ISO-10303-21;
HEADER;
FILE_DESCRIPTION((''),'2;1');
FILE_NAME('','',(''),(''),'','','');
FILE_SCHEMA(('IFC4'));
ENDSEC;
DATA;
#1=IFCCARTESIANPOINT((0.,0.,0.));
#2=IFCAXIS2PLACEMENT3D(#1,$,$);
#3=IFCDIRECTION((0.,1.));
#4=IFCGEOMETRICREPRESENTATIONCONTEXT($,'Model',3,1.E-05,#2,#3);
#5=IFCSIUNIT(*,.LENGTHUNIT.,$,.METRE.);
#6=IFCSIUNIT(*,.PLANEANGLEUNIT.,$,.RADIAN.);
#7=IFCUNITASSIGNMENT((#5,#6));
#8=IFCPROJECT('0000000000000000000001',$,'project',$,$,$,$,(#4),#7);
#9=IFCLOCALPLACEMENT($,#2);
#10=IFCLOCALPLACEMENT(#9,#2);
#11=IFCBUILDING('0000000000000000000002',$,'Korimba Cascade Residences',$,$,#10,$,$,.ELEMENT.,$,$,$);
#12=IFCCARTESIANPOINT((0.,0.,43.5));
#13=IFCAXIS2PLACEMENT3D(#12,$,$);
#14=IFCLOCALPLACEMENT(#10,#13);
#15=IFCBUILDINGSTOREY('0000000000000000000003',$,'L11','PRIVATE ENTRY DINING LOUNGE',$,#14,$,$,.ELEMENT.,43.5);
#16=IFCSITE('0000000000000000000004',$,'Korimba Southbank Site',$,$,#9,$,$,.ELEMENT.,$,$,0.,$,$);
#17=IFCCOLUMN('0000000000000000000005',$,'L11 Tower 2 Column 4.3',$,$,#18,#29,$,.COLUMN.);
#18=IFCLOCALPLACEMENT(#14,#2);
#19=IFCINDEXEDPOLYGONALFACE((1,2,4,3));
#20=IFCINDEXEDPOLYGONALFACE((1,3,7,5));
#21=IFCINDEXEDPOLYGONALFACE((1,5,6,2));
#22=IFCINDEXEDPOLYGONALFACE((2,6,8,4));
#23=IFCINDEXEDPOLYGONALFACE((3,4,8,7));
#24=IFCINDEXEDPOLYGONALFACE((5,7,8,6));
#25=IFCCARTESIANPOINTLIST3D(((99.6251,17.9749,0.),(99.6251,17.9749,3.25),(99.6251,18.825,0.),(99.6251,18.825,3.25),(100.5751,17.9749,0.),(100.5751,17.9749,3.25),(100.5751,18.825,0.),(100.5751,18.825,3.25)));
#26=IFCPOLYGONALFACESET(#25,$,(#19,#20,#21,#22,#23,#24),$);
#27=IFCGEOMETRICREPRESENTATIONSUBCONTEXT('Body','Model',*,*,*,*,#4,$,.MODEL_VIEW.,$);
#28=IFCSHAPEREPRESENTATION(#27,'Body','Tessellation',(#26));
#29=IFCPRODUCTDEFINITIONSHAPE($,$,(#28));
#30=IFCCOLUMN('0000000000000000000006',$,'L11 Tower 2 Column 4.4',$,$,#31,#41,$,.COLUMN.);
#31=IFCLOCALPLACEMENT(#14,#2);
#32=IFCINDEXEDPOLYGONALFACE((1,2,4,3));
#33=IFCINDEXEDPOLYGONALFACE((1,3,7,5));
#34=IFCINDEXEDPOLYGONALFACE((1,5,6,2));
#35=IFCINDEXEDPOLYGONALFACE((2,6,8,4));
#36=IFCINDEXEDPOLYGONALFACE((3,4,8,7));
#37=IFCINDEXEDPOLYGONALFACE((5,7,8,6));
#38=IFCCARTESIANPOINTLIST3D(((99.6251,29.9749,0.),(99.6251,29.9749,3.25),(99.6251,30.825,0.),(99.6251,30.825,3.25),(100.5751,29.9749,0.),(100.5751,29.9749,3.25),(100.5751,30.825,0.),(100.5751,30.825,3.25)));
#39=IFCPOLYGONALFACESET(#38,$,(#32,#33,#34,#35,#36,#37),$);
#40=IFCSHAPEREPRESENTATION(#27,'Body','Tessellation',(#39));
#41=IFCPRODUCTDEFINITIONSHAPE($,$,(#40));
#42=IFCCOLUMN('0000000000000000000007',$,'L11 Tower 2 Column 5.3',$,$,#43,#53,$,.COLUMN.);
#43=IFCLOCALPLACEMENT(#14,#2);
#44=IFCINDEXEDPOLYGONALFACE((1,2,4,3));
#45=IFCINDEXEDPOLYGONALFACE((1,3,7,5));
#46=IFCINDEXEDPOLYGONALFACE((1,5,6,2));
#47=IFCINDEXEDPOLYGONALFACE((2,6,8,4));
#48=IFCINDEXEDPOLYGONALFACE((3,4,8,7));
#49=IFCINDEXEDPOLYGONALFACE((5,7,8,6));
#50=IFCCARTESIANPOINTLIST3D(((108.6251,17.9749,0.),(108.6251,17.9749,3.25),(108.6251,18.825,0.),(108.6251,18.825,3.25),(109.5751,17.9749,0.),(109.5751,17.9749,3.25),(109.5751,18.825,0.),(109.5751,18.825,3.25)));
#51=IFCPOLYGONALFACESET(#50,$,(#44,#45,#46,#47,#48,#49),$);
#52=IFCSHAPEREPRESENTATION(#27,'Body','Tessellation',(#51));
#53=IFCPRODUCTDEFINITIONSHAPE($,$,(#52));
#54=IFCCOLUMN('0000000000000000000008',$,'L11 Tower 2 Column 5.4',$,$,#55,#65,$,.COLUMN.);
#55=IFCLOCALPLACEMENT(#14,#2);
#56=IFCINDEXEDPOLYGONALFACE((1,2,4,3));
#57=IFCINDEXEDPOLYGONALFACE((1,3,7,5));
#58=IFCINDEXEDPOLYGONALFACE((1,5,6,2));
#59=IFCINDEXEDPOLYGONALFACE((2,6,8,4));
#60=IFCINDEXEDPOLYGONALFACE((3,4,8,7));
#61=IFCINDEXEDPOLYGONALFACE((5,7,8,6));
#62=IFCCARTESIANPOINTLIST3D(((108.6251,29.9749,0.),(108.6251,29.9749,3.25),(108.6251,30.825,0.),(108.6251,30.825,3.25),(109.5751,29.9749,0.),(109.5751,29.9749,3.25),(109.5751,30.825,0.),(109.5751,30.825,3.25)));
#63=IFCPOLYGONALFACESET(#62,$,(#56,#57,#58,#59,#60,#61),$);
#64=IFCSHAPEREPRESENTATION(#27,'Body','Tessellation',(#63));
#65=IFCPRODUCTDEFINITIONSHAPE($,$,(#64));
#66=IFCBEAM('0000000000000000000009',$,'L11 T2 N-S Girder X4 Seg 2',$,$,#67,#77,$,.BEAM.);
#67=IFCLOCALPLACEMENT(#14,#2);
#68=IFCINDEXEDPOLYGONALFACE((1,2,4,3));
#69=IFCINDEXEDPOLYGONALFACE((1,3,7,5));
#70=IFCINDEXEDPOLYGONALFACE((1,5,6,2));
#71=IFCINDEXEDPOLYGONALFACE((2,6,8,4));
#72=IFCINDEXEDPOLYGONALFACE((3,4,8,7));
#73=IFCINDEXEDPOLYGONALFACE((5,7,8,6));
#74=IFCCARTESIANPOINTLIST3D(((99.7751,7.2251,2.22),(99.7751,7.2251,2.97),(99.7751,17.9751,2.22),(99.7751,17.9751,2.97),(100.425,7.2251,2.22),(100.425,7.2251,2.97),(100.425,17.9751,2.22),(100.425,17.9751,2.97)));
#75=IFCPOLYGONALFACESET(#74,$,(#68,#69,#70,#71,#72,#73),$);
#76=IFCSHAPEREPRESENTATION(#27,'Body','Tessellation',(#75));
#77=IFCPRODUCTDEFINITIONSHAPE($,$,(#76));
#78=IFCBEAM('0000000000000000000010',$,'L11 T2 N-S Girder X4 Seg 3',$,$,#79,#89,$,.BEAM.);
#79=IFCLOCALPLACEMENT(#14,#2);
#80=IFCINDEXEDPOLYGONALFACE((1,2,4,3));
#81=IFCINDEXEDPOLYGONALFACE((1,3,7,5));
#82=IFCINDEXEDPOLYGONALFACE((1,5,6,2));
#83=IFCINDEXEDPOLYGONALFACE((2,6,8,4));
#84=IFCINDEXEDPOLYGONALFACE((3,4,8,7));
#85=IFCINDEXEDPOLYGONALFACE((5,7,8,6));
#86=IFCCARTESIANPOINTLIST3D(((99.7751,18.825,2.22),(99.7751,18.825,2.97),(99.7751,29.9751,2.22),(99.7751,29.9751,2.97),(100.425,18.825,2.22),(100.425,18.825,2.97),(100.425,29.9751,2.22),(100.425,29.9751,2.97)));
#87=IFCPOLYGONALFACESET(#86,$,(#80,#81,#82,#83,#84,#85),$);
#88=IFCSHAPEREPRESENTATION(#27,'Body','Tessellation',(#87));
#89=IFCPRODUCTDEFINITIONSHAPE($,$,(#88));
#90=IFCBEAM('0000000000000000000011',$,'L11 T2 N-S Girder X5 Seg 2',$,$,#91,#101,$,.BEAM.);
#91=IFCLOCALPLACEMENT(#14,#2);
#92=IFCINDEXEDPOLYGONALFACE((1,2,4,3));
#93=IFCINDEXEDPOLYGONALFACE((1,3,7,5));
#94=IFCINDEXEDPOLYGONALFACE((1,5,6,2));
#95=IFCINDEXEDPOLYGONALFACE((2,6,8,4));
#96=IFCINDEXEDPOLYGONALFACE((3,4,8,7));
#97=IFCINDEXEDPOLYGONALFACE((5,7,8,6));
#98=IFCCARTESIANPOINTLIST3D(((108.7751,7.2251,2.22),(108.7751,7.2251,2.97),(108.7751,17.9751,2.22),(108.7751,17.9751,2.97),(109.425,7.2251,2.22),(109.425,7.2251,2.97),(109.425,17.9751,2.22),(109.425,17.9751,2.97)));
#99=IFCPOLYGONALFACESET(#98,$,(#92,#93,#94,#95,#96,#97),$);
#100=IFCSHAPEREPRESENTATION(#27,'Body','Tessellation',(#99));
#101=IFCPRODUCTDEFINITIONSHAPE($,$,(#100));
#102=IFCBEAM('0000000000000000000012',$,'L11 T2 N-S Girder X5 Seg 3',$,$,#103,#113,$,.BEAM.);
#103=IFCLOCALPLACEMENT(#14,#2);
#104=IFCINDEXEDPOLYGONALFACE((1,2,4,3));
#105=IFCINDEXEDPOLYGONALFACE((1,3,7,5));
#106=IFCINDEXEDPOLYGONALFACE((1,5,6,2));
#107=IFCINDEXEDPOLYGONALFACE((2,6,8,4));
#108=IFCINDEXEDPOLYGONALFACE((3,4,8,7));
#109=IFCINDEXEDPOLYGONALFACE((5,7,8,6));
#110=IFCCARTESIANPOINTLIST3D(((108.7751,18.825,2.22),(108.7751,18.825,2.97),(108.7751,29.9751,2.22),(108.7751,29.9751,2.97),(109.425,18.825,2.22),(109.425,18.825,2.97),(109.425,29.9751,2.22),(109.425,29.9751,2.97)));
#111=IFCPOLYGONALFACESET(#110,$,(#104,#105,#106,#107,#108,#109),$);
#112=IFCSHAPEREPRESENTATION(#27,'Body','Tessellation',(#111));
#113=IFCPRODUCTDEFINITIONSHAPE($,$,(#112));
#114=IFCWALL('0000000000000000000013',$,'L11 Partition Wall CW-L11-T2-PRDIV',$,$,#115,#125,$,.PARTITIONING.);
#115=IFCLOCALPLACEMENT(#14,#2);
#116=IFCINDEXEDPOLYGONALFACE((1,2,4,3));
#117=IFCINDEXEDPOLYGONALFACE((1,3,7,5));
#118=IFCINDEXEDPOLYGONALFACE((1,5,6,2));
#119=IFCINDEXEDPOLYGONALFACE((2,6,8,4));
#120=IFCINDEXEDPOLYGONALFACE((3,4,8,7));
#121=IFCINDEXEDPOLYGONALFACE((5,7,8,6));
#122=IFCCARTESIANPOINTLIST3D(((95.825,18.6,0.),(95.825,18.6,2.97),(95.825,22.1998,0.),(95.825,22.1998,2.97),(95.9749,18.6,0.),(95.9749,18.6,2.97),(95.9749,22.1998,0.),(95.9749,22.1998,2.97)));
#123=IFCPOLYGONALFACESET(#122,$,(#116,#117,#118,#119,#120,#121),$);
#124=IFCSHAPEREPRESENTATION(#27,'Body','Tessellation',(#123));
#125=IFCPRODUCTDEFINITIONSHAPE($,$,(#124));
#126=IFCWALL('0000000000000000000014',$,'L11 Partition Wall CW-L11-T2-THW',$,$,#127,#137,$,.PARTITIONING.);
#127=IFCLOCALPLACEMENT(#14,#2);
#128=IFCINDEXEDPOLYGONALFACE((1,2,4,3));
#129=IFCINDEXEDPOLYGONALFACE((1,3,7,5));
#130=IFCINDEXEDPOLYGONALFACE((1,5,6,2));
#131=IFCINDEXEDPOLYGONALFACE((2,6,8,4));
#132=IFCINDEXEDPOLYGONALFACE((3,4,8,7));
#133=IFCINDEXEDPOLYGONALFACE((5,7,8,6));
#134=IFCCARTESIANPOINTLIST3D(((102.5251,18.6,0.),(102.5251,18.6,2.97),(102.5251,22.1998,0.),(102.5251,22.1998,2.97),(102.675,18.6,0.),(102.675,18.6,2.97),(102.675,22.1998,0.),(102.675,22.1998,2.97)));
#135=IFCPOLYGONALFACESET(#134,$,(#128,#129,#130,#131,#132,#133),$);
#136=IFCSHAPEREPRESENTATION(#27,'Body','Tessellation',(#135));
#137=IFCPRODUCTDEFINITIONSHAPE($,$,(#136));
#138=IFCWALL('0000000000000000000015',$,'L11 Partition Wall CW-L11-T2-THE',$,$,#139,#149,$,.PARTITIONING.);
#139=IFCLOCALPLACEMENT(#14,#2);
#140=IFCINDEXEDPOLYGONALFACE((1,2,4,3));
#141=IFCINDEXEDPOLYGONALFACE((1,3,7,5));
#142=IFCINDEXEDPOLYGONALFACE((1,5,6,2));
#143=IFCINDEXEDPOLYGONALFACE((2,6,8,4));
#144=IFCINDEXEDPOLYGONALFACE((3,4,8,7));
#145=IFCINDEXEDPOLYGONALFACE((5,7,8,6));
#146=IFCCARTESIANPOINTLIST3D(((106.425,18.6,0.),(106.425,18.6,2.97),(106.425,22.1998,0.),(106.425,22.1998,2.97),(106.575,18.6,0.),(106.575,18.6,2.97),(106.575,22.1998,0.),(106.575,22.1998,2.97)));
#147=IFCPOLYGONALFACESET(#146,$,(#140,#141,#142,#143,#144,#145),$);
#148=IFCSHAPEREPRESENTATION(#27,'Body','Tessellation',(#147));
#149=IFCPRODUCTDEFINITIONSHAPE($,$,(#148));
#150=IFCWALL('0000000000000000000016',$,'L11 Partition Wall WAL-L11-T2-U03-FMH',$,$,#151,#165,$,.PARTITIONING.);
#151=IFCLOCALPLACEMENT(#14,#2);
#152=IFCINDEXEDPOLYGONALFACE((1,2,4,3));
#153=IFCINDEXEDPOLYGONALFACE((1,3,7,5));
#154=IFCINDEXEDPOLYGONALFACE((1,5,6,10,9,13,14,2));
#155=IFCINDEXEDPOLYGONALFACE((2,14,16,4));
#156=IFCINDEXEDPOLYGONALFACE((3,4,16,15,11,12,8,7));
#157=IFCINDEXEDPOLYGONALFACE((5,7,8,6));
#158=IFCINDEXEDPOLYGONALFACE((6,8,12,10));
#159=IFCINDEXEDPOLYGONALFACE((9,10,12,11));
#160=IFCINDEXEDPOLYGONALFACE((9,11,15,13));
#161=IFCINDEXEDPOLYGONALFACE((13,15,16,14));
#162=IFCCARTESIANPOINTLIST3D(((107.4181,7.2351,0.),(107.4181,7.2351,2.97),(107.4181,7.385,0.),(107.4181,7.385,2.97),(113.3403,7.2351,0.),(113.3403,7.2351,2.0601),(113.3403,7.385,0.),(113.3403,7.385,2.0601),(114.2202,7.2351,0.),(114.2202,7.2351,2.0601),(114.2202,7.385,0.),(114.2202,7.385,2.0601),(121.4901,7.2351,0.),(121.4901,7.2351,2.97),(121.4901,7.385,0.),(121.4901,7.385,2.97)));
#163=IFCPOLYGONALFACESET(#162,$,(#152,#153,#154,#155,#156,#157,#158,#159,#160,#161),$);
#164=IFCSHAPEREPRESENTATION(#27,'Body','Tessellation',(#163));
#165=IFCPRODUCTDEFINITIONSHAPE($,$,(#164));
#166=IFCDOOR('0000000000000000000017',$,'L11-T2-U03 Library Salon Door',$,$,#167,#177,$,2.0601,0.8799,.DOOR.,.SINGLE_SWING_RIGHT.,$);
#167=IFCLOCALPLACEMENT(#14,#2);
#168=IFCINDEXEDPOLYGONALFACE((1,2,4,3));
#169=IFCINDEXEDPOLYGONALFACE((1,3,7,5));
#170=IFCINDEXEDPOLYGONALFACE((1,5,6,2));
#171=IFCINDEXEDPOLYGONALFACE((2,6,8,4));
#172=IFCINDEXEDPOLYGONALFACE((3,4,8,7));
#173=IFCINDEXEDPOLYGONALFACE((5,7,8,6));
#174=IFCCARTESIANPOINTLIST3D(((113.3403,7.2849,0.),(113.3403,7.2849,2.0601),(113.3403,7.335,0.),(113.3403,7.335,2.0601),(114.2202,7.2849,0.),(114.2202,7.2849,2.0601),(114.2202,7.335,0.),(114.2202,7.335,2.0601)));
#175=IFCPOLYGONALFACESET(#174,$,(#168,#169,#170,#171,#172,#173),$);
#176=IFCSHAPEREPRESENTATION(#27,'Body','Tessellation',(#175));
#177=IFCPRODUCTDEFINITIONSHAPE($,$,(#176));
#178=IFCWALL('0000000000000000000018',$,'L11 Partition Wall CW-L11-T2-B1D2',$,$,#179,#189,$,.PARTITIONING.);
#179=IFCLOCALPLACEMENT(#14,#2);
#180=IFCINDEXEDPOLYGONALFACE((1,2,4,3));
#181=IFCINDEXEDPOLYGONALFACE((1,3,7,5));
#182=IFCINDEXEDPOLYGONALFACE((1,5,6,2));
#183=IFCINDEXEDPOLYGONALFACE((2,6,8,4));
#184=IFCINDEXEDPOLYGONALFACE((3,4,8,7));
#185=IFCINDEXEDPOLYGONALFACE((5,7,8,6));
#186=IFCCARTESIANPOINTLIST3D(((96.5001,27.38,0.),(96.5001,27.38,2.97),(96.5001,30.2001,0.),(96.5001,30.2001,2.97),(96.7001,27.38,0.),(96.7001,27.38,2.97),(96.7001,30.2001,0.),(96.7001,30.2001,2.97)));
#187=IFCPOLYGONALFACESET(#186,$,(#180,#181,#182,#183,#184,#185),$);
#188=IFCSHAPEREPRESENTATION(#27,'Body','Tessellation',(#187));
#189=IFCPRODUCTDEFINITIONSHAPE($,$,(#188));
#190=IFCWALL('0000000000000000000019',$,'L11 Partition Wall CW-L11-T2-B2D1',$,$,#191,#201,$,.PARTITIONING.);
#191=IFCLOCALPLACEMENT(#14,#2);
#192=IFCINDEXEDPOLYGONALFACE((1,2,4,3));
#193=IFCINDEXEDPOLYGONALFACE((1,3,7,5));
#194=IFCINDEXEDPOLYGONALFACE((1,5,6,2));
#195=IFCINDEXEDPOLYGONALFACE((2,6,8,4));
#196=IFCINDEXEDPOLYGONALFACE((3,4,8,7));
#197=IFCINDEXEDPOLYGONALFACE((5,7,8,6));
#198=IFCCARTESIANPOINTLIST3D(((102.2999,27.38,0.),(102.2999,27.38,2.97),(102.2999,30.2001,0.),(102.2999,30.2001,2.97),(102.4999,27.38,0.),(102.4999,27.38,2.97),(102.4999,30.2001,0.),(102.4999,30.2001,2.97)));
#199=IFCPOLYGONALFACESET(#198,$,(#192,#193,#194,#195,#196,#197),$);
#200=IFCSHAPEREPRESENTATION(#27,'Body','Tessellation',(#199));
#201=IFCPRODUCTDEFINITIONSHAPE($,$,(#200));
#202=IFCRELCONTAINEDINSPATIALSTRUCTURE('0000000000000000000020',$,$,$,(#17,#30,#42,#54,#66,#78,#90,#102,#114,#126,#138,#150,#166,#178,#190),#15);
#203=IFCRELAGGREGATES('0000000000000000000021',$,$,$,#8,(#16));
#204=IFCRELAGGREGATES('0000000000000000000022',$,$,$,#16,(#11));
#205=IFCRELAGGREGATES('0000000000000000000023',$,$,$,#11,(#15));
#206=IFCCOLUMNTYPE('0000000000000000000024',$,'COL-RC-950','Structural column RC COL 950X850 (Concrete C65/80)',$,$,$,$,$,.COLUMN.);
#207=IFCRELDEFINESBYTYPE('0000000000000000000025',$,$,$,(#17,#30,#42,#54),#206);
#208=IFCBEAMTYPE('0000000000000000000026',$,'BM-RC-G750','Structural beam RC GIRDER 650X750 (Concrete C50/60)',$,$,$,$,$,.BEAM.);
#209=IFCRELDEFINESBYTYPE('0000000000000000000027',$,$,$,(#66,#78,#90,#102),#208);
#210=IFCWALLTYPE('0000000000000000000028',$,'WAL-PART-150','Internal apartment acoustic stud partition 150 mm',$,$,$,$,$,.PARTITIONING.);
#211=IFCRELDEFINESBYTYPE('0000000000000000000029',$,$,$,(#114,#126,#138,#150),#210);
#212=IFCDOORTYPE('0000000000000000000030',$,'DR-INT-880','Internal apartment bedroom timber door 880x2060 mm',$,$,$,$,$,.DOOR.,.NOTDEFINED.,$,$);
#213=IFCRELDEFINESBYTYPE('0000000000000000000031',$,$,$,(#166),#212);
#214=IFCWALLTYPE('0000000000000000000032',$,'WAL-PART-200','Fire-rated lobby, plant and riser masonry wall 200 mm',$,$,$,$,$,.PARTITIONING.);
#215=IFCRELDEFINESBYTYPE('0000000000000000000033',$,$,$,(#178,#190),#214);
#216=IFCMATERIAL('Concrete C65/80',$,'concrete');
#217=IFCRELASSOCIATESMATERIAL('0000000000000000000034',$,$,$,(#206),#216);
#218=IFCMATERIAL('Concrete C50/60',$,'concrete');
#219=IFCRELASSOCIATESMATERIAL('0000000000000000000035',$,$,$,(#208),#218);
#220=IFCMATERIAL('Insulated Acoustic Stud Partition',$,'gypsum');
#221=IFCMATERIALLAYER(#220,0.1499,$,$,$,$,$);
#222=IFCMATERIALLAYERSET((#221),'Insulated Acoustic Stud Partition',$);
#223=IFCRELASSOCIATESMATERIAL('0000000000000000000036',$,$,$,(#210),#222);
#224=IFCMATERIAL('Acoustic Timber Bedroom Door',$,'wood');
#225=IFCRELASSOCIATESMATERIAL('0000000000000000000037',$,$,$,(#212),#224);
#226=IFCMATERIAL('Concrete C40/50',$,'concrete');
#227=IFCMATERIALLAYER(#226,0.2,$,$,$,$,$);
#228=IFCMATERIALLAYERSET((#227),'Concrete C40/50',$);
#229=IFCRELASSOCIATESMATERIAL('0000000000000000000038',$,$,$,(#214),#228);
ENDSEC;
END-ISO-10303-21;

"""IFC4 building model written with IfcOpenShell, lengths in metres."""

from ifc_helpers import new_model, si_unit, direction, frame, frame_2d, origin, origin_2d, place, context, subcontext, project, spatial, rectangle, extrude, material, layer, layer_set, material_profile, profile_set, type_object, element, fill, save


model = new_model("IFC4")

# Units and contexts
model_context = context("Model", 3, precision=1e-05, world=origin(), true_north=direction((0.0, 1.0)))
body_context = subcontext(model_context, "Body", "Model", "MODEL_VIEW")
ifc_project = project(units=[si_unit("LENGTHUNIT", "METRE"), si_unit("PLANEANGLEUNIT", "RADIAN")], contexts=[model_context])

# Site, building, storey
site_placement = place(None, origin())
site = spatial("IfcSite", under=ifc_project, at=site_placement, Name="Korimba Southbank Site", CompositionType="ELEMENT", RefElevation=0.0)
building_placement = place(site_placement, origin())
building = spatial("IfcBuilding", under=site, at=building_placement, Name="Korimba Cascade Residences", CompositionType="ELEMENT")
storey_placement = place(building_placement, frame((0.0, 0.0, 43.5)))
storey = spatial("IfcBuildingStorey", under=building, at=storey_placement, Name="L11", Description="PRIVATE ENTRY DINING LOUNGE", CompositionType="ELEMENT", Elevation=43.5)

# Columns
ifc_material_1 = material(Name="Concrete C65/80", Category="concrete")
ifc_material_profile_1 = material_profile(ifc_material_1, rectangle(XDim=0.95, YDim=0.8501, at=origin_2d()), Name="Concrete C65/80")
ifc_profile_set_1 = profile_set([ifc_material_profile_1], Name="Concrete C65/80")
column_type = type_object("IfcColumnType", Name="COL-RC-950", Description="Structural column RC COL 950X850 (Concrete C65/80)", PredefinedType="COLUMN", material=ifc_profile_set_1)
for number, where, z_axis, x_axis, name in (
    (1, (100.1001, 18.3999, 0.0), (0.0, 0.0, 1.0), (1.0, 0.0, 0.0), "L11 Tower 2 Column 4.3"),
    (2, (100.1001, 30.3999, 0.0), (0.0, 0.0, 1.0), (1.0, 0.0, 0.0), "L11 Tower 2 Column 4.4"),
    (3, (109.1001, 18.3999, 0.0), (0.0, 0.0, 1.0), (1.0, 0.0, 0.0), "L11 Tower 2 Column 5.3"),
    (4, (109.1001, 30.3999, 0.0), (0.0, 0.0, 1.0), (1.0, 0.0, 0.0), "L11 Tower 2 Column 5.4"),
):
    element("IfcColumn", number, at=place(storey_placement, frame(where, z_axis=z_axis, x_axis=x_axis)), inside=storey, type_object=column_type, Name=name, PredefinedType="COLUMN", context=body_context, shape_type="SweptSolid", body=[
        extrude(rectangle(XDim=0.95, YDim=0.8501, at=origin_2d()), origin(), (0.0, 0.0, 1.0), 3.25),
    ])

# Beams
ifc_material_2 = material(Name="Concrete C50/60", Category="concrete")
ifc_material_profile_2 = material_profile(ifc_material_2, rectangle(XDim=0.6499, YDim=0.75, at=origin_2d()), Name="Concrete C50/60")
ifc_profile_set_2 = profile_set([ifc_material_profile_2], Name="Concrete C50/60")
beam_type = type_object("IfcBeamType", Name="BM-RC-G750", Description="Structural beam RC GIRDER 650X750 (Concrete C50/60)", PredefinedType="BEAM", material=ifc_profile_set_2)
beam_1_placement = place(storey_placement, frame((100.1001, 7.2251, 2.595), z_axis=(0.0, 1.0, 0.0), x_axis=(-1.0, 0.0, 0.0)))
element("IfcBeam", 5, at=beam_1_placement, inside=storey, type_object=beam_type, Name="L11 T2 N-S Girder X4 Seg 2", PredefinedType="BEAM", context=body_context, shape_type="SweptSolid", body=[
    extrude(rectangle(XDim=0.6499, YDim=0.75, at=origin_2d()), origin(), (0.0, 0.0, 1.0), 10.75),
])
beam_2_placement = place(storey_placement, frame((100.1001, 18.825, 2.595), z_axis=(0.0, 1.0, 0.0), x_axis=(-1.0, 0.0, 0.0)))
element("IfcBeam", 6, at=beam_2_placement, inside=storey, type_object=beam_type, Name="L11 T2 N-S Girder X4 Seg 3", PredefinedType="BEAM", context=body_context, shape_type="SweptSolid", body=[
    extrude(rectangle(XDim=0.6499, YDim=0.75, at=origin_2d()), origin(), (0.0, 0.0, 1.0), 11.1501),
])
beam_3_placement = place(storey_placement, frame((109.1001, 7.2251, 2.595), z_axis=(0.0, 1.0, 0.0), x_axis=(-1.0, 0.0, 0.0)))
element("IfcBeam", 7, at=beam_3_placement, inside=storey, type_object=beam_type, Name="L11 T2 N-S Girder X5 Seg 2", PredefinedType="BEAM", context=body_context, shape_type="SweptSolid", body=[
    extrude(rectangle(XDim=0.6499, YDim=0.75, at=origin_2d()), origin(), (0.0, 0.0, 1.0), 10.75),
])
beam_4_placement = place(storey_placement, frame((109.1001, 18.825, 2.595), z_axis=(0.0, 1.0, 0.0), x_axis=(-1.0, 0.0, 0.0)))
element("IfcBeam", 8, at=beam_4_placement, inside=storey, type_object=beam_type, Name="L11 T2 N-S Girder X5 Seg 3", PredefinedType="BEAM", context=body_context, shape_type="SweptSolid", body=[
    extrude(rectangle(XDim=0.6499, YDim=0.75, at=origin_2d()), origin(), (0.0, 0.0, 1.0), 11.1501),
])

# Walls
ifc_material_3 = material(Name="Insulated Acoustic Stud Partition", Category="gypsum")
ifc_layer_1 = layer(ifc_material_3, 0.1499)
ifc_layer_set_1 = layer_set([ifc_layer_1], Name="Insulated Acoustic Stud Partition")
wall_type_1 = type_object("IfcWallType", Name="WAL-PART-150", Description="Internal apartment acoustic stud partition 150 mm", PredefinedType="PARTITIONING", material=ifc_layer_set_1)
for number, where, z_axis, x_axis, name in (
    (9, (95.8999, 18.6001, 0.0), (0.0, 0.0, 1.0), (0.0, 1.0, 0.0), "L11 Partition Wall CW-L11-T2-PRDIV"),
    (10, (102.6001, 18.6001, 0.0), (0.0, 0.0, 1.0), (0.0, 1.0, 0.0), "L11 Partition Wall CW-L11-T2-THW"),
    (11, (106.5, 18.6001, 0.0), (0.0, 0.0, 1.0), (0.0, 1.0, 0.0), "L11 Partition Wall CW-L11-T2-THE"),
):
    element("IfcWall", number, at=place(storey_placement, frame(where, z_axis=z_axis, x_axis=x_axis)), inside=storey, type_object=wall_type_1, Name=name, PredefinedType="PARTITIONING", context=body_context, shape_type="SweptSolid", body=[
        extrude(rectangle(XDim=3.5999, YDim=0.1499, at=frame_2d((1.7998, 0.0))), origin(), (0.0, 0.0, 1.0), 2.97),
    ])

# Wall, opening, door
wall_1_placement = place(storey_placement, frame((107.418, 7.3101, 0.0), z_axis=(0.0, 0.0, 1.0), x_axis=(1.0, 0.0, 0.0)))
wall_1 = element("IfcWall", 12, at=wall_1_placement, inside=storey, type_object=wall_type_1, Name="L11 Partition Wall WAL-L11-T2-U03-FMH", PredefinedType="PARTITIONING", context=body_context, shape_type="SweptSolid", body=[
    extrude(rectangle(XDim=14.072, YDim=0.1499, at=frame_2d((7.0361, 0.0))), origin(), (0.0, 0.0, 1.0), 2.97),
])
opening_1_placement = place(wall_1_placement, frame((5.9224, 0.0, 0.0)))
opening_1 = element("IfcOpeningElement", 13, at=opening_1_placement, cuts=wall_1, PredefinedType="OPENING", context=body_context, shape_type="SweptSolid", body=[
    extrude(rectangle(XDim=0.8799, YDim=2.0601, at=frame_2d((0.4399, 1.03))), frame((0.0, 0.085, 0.0), z_axis=(0.0, -1.0, 0.0), x_axis=(1.0, 0.0, 0.0)), (0.0, 0.0, 1.0), 0.1699),
])
ifc_material_4 = material(Name="Acoustic Timber Bedroom Door", Category="wood")
door_type_1 = type_object("IfcDoorType", Name="DR-INT-880", Description="Internal apartment bedroom timber door 880x2060 mm", OperationType="NOTDEFINED", PredefinedType="DOOR", material=ifc_material_4)
door_1_placement = place(opening_1_placement, origin())
door_1 = element("IfcDoor", 14, at=door_1_placement, inside=storey, type_object=door_type_1, Name="L11-T2-U03 Library Salon Door", OperationType="SINGLE_SWING_RIGHT", OverallHeight=2.0601, OverallWidth=0.8799, PredefinedType="DOOR", context=body_context, shape_type="SweptSolid", body=[
    extrude(rectangle(XDim=0.8799, YDim=2.0601, at=frame_2d((0.4399, 1.03))), frame((0.0, 0.0249, 0.0), z_axis=(0.0, -1.0, 0.0), x_axis=(1.0, 0.0, 0.0)), (0.0, 0.0, 1.0), 0.05),
])
fill(opening_1, door_1)

# Walls
ifc_material_5 = material(Name="Concrete C40/50", Category="concrete")
ifc_layer_2 = layer(ifc_material_5, 0.2)
ifc_layer_set_2 = layer_set([ifc_layer_2], Name="Concrete C40/50")
wall_type_2 = type_object("IfcWallType", Name="WAL-PART-200", Description="Fire-rated lobby, plant and riser masonry wall 200 mm", PredefinedType="PARTITIONING", material=ifc_layer_set_2)
for number, where, z_axis, x_axis, name in (
    (15, (96.6001, 27.3799, 0.0), (0.0, 0.0, 1.0), (0.0, 1.0, 0.0), "L11 Partition Wall CW-L11-T2-B1D2"),
    (16, (102.3999, 27.3799, 0.0), (0.0, 0.0, 1.0), (0.0, 1.0, 0.0), "L11 Partition Wall CW-L11-T2-B2D1"),
):
    element("IfcWall", number, at=place(storey_placement, frame(where, z_axis=z_axis, x_axis=x_axis)), inside=storey, type_object=wall_type_2, Name=name, PredefinedType="PARTITIONING", context=body_context, shape_type="SweptSolid", body=[
        extrude(rectangle(XDim=2.8201, YDim=0.2, at=frame_2d((1.4102, 0.0))), origin(), (0.0, 0.0, 1.0), 2.97),
    ])

save(model, "model.ifc")
